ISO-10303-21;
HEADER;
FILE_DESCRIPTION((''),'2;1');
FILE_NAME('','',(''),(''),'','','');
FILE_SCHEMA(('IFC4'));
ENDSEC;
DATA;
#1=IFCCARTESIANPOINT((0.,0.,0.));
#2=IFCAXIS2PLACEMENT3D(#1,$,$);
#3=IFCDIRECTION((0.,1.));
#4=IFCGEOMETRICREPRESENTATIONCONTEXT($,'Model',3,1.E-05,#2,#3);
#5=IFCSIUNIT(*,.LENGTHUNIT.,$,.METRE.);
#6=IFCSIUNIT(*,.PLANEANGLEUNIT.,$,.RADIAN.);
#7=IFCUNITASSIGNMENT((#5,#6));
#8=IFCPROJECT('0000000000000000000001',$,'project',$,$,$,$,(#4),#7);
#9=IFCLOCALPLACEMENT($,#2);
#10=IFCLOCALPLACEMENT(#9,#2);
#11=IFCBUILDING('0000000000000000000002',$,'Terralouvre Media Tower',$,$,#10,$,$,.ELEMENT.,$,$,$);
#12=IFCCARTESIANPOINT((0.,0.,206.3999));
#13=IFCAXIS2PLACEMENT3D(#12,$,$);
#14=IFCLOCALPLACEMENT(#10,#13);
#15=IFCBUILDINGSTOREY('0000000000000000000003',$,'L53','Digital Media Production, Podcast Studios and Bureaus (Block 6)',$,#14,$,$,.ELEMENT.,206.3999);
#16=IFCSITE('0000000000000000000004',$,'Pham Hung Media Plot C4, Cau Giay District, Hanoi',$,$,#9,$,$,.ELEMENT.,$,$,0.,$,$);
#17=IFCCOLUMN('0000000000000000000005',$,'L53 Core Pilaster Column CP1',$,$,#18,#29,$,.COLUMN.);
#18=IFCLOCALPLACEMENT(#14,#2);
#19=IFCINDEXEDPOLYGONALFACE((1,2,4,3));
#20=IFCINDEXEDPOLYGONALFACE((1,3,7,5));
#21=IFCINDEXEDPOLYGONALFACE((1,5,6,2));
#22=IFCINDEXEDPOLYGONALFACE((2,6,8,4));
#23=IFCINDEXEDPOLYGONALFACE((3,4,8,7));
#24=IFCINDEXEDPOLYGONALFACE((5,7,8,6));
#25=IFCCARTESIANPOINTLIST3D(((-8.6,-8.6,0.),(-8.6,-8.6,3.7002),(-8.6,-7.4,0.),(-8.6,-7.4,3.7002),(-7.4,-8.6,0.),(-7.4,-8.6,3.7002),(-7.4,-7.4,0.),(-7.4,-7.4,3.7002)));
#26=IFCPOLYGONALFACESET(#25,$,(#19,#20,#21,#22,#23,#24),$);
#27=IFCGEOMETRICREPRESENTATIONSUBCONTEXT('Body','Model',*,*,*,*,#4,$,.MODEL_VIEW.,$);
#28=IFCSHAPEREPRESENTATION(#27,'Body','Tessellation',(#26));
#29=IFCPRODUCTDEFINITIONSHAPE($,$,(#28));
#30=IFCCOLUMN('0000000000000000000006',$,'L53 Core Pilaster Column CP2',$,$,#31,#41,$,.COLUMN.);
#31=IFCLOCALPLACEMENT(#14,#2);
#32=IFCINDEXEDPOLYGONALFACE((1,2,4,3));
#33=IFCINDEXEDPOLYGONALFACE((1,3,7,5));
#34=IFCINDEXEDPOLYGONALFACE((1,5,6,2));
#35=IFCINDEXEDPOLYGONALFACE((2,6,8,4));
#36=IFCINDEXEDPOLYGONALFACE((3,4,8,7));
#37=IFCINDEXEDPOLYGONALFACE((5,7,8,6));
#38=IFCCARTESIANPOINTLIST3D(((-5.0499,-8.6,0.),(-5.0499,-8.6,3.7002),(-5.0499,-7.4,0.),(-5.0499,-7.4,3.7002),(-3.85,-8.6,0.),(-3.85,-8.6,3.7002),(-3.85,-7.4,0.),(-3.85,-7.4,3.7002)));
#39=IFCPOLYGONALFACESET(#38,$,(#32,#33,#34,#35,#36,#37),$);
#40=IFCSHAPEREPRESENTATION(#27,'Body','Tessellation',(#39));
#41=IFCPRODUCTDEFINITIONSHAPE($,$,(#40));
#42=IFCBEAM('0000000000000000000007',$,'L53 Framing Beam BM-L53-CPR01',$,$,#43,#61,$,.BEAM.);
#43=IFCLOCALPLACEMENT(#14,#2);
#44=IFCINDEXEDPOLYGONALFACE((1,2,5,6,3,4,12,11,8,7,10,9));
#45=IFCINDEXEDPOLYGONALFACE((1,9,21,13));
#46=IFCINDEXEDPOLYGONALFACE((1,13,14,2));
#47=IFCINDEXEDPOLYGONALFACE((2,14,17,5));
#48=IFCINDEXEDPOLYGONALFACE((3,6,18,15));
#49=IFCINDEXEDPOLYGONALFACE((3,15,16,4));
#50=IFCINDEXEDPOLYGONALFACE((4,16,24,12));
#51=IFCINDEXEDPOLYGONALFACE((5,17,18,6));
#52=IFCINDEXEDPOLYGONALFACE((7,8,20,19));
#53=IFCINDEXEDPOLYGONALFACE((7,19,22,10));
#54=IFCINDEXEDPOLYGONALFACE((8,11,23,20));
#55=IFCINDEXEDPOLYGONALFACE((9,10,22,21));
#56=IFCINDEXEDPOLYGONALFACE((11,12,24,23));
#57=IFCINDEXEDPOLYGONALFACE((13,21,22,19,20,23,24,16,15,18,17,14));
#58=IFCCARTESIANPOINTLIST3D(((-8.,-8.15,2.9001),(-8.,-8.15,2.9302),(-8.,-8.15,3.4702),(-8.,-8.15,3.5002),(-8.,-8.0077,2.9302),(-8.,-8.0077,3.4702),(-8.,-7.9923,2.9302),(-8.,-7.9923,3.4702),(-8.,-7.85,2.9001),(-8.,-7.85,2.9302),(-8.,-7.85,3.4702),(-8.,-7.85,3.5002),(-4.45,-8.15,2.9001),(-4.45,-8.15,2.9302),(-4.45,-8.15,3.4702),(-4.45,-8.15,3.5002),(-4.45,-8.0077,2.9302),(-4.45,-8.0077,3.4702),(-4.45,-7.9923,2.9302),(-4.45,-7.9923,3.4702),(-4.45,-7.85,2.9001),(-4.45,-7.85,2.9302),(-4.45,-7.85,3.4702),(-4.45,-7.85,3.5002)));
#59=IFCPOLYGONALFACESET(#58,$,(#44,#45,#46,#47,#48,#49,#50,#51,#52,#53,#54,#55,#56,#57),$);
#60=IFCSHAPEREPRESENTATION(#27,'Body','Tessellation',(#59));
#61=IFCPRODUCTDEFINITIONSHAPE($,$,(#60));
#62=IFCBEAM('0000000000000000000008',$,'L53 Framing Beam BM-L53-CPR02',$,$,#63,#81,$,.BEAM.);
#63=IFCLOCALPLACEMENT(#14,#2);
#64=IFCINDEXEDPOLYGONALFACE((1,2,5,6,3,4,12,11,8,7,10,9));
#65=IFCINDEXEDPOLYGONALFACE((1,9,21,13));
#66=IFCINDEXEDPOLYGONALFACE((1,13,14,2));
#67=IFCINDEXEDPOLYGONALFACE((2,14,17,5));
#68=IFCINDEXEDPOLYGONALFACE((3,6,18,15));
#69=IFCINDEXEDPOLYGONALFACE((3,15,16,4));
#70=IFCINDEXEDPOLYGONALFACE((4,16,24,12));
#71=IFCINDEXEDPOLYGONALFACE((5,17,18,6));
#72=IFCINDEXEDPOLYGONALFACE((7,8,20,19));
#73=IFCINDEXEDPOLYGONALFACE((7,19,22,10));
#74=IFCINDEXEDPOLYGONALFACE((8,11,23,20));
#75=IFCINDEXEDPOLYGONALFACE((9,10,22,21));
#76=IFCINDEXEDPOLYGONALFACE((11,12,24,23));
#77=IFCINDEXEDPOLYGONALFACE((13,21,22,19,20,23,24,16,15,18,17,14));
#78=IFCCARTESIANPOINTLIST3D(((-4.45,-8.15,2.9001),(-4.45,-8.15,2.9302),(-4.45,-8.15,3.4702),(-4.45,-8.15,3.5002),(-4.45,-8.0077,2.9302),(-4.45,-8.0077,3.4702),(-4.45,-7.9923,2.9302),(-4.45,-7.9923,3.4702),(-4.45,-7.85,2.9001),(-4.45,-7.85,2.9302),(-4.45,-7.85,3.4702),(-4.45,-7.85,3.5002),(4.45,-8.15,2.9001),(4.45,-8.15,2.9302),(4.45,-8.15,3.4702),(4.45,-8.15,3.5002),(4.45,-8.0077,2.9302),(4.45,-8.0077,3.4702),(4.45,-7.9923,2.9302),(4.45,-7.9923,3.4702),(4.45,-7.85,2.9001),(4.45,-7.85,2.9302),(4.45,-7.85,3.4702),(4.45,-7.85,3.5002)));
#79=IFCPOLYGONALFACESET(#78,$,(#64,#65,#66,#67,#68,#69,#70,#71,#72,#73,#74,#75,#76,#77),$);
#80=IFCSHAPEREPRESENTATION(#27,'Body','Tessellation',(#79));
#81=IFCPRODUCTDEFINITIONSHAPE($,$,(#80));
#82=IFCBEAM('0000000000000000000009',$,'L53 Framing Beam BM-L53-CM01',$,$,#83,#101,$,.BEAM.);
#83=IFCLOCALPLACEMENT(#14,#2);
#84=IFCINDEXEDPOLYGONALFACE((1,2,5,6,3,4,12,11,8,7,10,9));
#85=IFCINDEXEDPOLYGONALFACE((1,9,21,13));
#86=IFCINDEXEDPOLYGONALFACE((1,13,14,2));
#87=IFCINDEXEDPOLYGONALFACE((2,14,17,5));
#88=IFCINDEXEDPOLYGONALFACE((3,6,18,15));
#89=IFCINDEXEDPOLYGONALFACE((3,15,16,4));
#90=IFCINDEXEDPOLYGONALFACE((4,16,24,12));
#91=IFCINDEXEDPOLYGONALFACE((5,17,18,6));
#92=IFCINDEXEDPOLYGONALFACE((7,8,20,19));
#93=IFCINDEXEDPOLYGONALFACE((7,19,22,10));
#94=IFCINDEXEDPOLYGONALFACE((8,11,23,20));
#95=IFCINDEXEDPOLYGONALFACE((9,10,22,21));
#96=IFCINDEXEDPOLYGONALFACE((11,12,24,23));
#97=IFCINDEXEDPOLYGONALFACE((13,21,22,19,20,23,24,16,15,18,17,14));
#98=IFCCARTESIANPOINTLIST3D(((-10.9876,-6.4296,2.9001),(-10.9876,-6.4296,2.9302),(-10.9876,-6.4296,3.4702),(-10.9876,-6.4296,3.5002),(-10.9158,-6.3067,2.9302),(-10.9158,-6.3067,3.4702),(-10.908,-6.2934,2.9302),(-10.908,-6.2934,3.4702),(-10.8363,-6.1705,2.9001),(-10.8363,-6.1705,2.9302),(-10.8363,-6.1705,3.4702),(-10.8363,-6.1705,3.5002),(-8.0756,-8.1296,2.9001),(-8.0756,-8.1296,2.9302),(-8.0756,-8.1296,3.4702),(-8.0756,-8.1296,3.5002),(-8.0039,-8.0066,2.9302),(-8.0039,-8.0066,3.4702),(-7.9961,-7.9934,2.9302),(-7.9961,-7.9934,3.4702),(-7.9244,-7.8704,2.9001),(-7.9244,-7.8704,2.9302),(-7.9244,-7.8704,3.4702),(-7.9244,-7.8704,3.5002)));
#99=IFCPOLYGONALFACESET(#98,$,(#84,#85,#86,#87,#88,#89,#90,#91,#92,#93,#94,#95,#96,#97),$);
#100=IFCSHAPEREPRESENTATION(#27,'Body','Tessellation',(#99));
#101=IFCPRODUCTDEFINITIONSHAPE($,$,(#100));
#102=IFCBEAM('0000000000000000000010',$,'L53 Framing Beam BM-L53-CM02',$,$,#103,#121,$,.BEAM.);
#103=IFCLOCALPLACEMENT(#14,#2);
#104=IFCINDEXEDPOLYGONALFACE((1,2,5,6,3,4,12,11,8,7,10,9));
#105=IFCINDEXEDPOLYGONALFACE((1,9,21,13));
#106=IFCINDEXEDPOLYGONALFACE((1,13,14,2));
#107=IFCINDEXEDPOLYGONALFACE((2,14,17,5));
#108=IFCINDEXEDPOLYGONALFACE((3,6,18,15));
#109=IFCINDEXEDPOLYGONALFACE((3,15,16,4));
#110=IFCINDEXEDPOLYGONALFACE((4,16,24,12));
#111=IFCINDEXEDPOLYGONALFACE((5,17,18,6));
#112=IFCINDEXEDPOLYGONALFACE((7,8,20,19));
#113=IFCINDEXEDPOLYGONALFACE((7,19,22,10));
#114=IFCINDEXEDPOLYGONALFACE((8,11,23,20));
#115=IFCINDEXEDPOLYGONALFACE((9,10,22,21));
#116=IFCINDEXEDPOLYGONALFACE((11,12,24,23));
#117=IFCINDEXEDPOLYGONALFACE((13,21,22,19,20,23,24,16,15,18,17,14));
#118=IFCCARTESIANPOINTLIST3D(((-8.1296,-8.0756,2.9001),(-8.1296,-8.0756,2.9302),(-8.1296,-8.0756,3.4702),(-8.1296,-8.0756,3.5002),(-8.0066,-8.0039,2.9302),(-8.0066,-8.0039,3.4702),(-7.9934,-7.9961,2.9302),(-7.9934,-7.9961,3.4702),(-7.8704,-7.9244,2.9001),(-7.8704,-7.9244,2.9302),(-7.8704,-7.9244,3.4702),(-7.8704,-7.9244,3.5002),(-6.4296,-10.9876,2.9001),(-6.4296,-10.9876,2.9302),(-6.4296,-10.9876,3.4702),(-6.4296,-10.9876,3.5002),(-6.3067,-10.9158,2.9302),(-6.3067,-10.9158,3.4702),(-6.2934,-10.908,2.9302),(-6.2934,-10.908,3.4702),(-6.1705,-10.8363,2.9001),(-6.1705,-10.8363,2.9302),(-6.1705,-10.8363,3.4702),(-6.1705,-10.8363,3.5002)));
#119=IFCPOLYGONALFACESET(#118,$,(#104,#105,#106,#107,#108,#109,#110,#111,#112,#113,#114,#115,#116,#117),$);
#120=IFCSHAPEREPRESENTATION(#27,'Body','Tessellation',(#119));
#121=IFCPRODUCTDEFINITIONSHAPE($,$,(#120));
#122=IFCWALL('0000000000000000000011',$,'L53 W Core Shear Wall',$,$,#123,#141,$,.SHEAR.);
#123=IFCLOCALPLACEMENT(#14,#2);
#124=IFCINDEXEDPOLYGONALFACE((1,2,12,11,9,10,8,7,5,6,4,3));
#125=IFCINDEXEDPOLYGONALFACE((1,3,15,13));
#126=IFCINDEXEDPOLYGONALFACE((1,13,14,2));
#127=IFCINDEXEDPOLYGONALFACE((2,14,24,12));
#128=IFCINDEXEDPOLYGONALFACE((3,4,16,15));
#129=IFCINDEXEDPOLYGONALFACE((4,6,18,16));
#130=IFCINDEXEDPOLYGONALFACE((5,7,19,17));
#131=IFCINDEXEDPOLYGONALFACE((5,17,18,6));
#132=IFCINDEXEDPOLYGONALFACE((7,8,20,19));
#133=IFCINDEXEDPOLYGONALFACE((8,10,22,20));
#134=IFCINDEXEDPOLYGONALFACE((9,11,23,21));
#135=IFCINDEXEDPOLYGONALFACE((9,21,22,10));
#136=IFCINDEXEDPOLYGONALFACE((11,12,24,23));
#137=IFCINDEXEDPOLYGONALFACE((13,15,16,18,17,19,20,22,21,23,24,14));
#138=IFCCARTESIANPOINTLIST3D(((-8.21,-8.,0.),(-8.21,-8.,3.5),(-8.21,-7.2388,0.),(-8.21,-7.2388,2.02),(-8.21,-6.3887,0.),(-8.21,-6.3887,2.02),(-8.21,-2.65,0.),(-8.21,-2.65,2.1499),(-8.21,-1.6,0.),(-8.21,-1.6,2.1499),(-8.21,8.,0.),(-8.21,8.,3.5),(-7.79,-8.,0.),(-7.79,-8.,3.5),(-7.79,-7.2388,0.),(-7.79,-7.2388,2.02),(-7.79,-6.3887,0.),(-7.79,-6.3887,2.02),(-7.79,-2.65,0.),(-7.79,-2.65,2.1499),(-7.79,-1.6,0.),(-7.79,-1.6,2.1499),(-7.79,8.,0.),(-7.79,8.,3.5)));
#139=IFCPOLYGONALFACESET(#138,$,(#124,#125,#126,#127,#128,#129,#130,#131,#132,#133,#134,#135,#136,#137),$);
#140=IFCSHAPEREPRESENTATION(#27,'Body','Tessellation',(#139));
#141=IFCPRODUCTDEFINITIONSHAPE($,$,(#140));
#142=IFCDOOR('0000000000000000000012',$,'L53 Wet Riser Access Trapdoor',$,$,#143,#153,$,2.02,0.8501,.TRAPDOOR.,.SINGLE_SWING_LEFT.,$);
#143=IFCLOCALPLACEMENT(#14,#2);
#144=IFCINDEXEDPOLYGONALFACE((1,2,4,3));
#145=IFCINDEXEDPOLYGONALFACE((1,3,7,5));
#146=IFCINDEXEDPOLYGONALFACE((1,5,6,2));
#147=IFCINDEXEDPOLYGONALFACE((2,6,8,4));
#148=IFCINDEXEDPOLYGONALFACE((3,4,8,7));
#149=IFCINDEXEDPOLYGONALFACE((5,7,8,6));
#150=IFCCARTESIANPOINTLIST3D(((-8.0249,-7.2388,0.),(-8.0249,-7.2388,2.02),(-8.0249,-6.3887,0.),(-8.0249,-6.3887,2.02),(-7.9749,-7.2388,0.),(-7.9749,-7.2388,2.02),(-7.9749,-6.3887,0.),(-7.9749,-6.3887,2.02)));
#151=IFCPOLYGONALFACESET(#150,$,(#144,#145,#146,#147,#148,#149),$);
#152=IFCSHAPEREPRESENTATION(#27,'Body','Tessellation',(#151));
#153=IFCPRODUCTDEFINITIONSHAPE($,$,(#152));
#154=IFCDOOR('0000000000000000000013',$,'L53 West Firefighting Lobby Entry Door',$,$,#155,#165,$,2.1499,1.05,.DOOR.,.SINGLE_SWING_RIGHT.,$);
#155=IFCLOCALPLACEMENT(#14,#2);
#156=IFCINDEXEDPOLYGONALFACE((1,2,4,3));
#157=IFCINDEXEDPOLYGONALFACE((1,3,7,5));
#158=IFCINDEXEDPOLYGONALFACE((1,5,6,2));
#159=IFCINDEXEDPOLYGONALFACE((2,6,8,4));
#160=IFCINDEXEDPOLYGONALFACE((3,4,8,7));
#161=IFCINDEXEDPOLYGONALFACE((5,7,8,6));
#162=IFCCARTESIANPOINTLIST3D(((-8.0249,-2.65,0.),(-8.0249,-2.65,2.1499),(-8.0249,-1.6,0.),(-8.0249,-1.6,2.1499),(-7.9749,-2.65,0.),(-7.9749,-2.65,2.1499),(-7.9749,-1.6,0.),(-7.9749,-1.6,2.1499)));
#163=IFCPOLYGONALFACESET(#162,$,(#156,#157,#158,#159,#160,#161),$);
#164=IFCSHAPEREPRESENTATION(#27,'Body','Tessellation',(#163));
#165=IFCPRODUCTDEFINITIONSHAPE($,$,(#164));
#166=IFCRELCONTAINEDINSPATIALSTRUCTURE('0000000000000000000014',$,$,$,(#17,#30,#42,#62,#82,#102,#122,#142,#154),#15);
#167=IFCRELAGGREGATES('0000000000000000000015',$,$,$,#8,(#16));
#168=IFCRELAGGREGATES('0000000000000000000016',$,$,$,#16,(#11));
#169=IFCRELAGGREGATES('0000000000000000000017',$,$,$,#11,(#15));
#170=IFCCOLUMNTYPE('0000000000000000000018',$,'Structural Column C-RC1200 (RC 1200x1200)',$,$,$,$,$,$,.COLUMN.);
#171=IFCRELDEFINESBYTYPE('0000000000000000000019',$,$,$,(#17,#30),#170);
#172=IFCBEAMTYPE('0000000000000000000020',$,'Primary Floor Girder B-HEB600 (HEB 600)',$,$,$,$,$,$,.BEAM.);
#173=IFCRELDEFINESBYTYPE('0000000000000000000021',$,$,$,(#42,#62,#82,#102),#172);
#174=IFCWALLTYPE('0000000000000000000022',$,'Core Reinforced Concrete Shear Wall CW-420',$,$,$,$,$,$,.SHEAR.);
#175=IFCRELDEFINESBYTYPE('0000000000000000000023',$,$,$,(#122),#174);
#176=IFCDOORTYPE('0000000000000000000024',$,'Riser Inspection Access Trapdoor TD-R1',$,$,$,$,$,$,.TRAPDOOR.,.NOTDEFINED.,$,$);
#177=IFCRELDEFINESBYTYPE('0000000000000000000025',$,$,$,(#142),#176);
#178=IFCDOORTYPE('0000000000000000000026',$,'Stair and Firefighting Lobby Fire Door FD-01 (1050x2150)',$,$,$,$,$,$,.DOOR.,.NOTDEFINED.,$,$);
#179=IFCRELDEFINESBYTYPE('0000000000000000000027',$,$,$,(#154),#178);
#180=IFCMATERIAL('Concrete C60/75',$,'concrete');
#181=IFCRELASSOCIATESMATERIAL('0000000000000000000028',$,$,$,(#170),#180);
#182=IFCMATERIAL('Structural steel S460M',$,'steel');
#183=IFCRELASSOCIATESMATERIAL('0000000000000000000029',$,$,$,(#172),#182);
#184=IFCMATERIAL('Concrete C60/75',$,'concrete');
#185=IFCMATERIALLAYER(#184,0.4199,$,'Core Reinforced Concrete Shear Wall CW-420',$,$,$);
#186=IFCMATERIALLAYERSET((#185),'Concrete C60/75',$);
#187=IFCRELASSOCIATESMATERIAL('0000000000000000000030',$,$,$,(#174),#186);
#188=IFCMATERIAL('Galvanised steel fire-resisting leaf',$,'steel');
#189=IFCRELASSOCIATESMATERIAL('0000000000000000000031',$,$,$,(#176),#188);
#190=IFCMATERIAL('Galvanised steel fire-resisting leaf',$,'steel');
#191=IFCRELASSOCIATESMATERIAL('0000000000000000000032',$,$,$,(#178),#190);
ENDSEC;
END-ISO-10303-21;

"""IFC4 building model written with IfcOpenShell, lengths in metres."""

from ifc_helpers import new_model, si_unit, direction, frame, frame_2d, origin, origin_2d, place, context, subcontext, project, spatial, rectangle, i_section, extrude, material, layer, layer_set, material_profile, profile_set, type_object, element, fill, save


model = new_model("IFC4")

# Units and contexts
model_context = context("Model", 3, precision=1e-05, world=origin(), true_north=direction((0.0, 1.0)))
body_context = subcontext(model_context, "Body", "Model", "MODEL_VIEW")
ifc_project = project(units=[si_unit("LENGTHUNIT", "METRE"), si_unit("PLANEANGLEUNIT", "RADIAN")], contexts=[model_context])

# Site, building, storey
site_placement = place(None, origin())
site = spatial("IfcSite", under=ifc_project, at=site_placement, Name="Pham Hung Media Plot C4, Cau Giay District, Hanoi", CompositionType="ELEMENT", RefElevation=0.0)
building_placement = place(site_placement, origin())
building = spatial("IfcBuilding", under=site, at=building_placement, Name="Terralouvre Media Tower", CompositionType="ELEMENT")
storey_placement = place(building_placement, frame((0.0, 0.0, 206.3999)))
storey = spatial("IfcBuildingStorey", under=building, at=storey_placement, Name="L53", Description="Digital Media Production, Podcast Studios and Bureaus (Block 6)", CompositionType="ELEMENT", Elevation=206.3999)

# Columns
ifc_material_1 = material(Name="Concrete C60/75", Category="concrete")
ifc_material_profile_1 = material_profile(ifc_material_1, rectangle(XDim=1.2, YDim=1.2, at=origin_2d()), Name="RC 1200x1200")
ifc_profile_set_1 = profile_set([ifc_material_profile_1], Name="Concrete C60/75")
column_type = type_object("IfcColumnType", Name="Structural Column C-RC1200 (RC 1200x1200)", PredefinedType="COLUMN", material=ifc_profile_set_1)
for number, where, z_axis, x_axis, name in (
    (1, (-8.0, -8.0, 0.0), (0.0, 0.0, 1.0), (1.0, 0.0, 0.0), "L53 Core Pilaster Column CP1"),
    (2, (-4.45, -8.0, 0.0), (0.0, 0.0, 1.0), (1.0, 0.0, 0.0), "L53 Core Pilaster Column CP2"),
):
    element("IfcColumn", number, at=place(storey_placement, frame(where, z_axis=z_axis, x_axis=x_axis)), inside=storey, type_object=column_type, Name=name, PredefinedType="COLUMN", context=body_context, shape_type="SweptSolid", body=[
        extrude(rectangle(XDim=1.2, YDim=1.2, at=origin_2d()), origin(), (0.0, 0.0, 1.0), 3.7002),
    ])

# Beams
ifc_material_2 = material(Name="Structural steel S460M", Category="steel")
ifc_material_profile_2 = material_profile(ifc_material_2, i_section(OverallWidth=0.3, OverallDepth=0.6001, WebThickness=0.0154, FlangeThickness=0.03, at=origin_2d()), Name="HEB 600")
ifc_profile_set_2 = profile_set([ifc_material_profile_2], Name="Structural steel S460M")
beam_type = type_object("IfcBeamType", Name="Primary Floor Girder B-HEB600 (HEB 600)", PredefinedType="BEAM", material=ifc_profile_set_2)
beam_1_placement = place(storey_placement, frame((-8.0, -8.0, 3.2002), z_axis=(1.0, 0.0, 0.0), x_axis=(0.0, 1.0, 0.0)))
element("IfcBeam", 3, at=beam_1_placement, inside=storey, type_object=beam_type, Name="L53 Framing Beam BM-L53-CPR01", PredefinedType="BEAM", context=body_context, shape_type="SweptSolid", body=[
    extrude(i_section(OverallWidth=0.3, OverallDepth=0.6001, WebThickness=0.0154, FlangeThickness=0.03, at=origin_2d()), origin(), (0.0, 0.0, 1.0), 3.55),
])
beam_2_placement = place(storey_placement, frame((-4.45, -8.0, 3.2002), z_axis=(1.0, 0.0, 0.0), x_axis=(0.0, 1.0, 0.0)))
element("IfcBeam", 4, at=beam_2_placement, inside=storey, type_object=beam_type, Name="L53 Framing Beam BM-L53-CPR02", PredefinedType="BEAM", context=body_context, shape_type="SweptSolid", body=[
    extrude(i_section(OverallWidth=0.3, OverallDepth=0.6001, WebThickness=0.0154, FlangeThickness=0.03, at=origin_2d()), origin(), (0.0, 0.0, 1.0), 8.8999),
])
for number, where, z_axis, x_axis, name in (
    (5, (-8.0, -8.0, 3.2002), (-0.863603, 0.504173, 0.0), (-0.504173, -0.863603, 0.0), "L53 Framing Beam BM-L53-CM01"),
    (6, (-8.0, -8.0, 3.2002), (0.504173, -0.863603, 0.0), (0.863603, 0.504173, 0.0), "L53 Framing Beam BM-L53-CM02"),
):
    element("IfcBeam", number, at=place(storey_placement, frame(where, z_axis=z_axis, x_axis=x_axis)), inside=storey, type_object=beam_type, Name=name, PredefinedType="BEAM", context=body_context, shape_type="SweptSolid", body=[
        extrude(i_section(OverallWidth=0.3, OverallDepth=0.6001, WebThickness=0.0154, FlangeThickness=0.03, at=origin_2d()), origin(), (0.0, 0.0, 1.0), 3.3718),
    ])

# Wall, openings, doors
ifc_material_3 = material(Name="Concrete C60/75", Category="concrete")
ifc_layer_1 = layer(ifc_material_3, 0.4199, Name="Core Reinforced Concrete Shear Wall CW-420")
ifc_layer_set_1 = layer_set([ifc_layer_1], Name="Concrete C60/75")
wall_type_1 = type_object("IfcWallType", Name="Core Reinforced Concrete Shear Wall CW-420", PredefinedType="SHEAR", material=ifc_layer_set_1)
wall_1_placement = place(storey_placement, frame((-8.0, -8.0, 0.0), z_axis=(0.0, 0.0, 1.0), x_axis=(0.0, 1.0, 0.0)))
wall_1 = element("IfcWall", 7, at=wall_1_placement, inside=storey, type_object=wall_type_1, Name="L53 W Core Shear Wall", PredefinedType="SHEAR", context=body_context, shape_type="SweptSolid", body=[
    extrude(rectangle(XDim=16.0, YDim=0.4199, at=frame_2d((8.0, 0.0))), origin(), (0.0, 0.0, 1.0), 3.5),
])
opening_1_placement = place(wall_1_placement, frame((0.7612, 0.0, 0.0)))
opening_1 = element("IfcOpeningElement", 8, at=opening_1_placement, cuts=wall_1, PredefinedType="OPENING", context=body_context, shape_type="SweptSolid", body=[
    extrude(rectangle(XDim=0.8501, YDim=2.02, at=frame_2d((0.425, 1.01))), frame((0.0, 0.22, 0.0), z_axis=(0.0, -1.0, 0.0), x_axis=(1.0, 0.0, 0.0)), (0.0, 0.0, 1.0), 0.4399),
])
opening_2_placement = place(wall_1_placement, frame((5.3501, 0.0, 0.0)))
opening_2 = element("IfcOpeningElement", 9, at=opening_2_placement, cuts=wall_1, PredefinedType="OPENING", context=body_context, shape_type="SweptSolid", body=[
    extrude(rectangle(XDim=1.05, YDim=2.1499, at=frame_2d((0.5249, 1.075))), frame((0.0, 0.22, 0.0), z_axis=(0.0, -1.0, 0.0), x_axis=(1.0, 0.0, 0.0)), (0.0, 0.0, 1.0), 0.4399),
])
ifc_material_4 = material(Name="Galvanised steel fire-resisting leaf", Category="steel")
door_type_1 = type_object("IfcDoorType", Name="Riser Inspection Access Trapdoor TD-R1", OperationType="NOTDEFINED", PredefinedType="TRAPDOOR", material=ifc_material_4)
door_1_placement = place(opening_1_placement, origin())
door_1 = element("IfcDoor", 10, at=door_1_placement, inside=storey, type_object=door_type_1, Name="L53 Wet Riser Access Trapdoor", OperationType="SINGLE_SWING_LEFT", OverallHeight=2.02, OverallWidth=0.8501, PredefinedType="TRAPDOOR", context=body_context, shape_type="SweptSolid", body=[
    extrude(rectangle(XDim=0.8501, YDim=2.02, at=frame_2d((0.425, 1.01))), frame((0.0, 0.0249, 0.0), z_axis=(0.0, -1.0, 0.0), x_axis=(1.0, 0.0, 0.0)), (0.0, 0.0, 1.0), 0.05),
])
fill(opening_1, door_1)
ifc_material_5 = material(Name="Galvanised steel fire-resisting leaf", Category="steel")
door_type_2 = type_object("IfcDoorType", Name="Stair and Firefighting Lobby Fire Door FD-01 (1050x2150)", OperationType="NOTDEFINED", PredefinedType="DOOR", material=ifc_material_5)
door_2_placement = place(opening_2_placement, origin())
door_2 = element("IfcDoor", 11, at=door_2_placement, inside=storey, type_object=door_type_2, Name="L53 West Firefighting Lobby Entry Door", OperationType="SINGLE_SWING_RIGHT", OverallHeight=2.1499, OverallWidth=1.05, PredefinedType="DOOR", context=body_context, shape_type="SweptSolid", body=[
    extrude(rectangle(XDim=1.05, YDim=2.1499, at=frame_2d((0.5249, 1.075))), frame((0.0, 0.0249, 0.0), z_axis=(0.0, -1.0, 0.0), x_axis=(1.0, 0.0, 0.0)), (0.0, 0.0, 1.0), 0.05),
])
fill(opening_2, door_2)

save(model, "model.ifc")
